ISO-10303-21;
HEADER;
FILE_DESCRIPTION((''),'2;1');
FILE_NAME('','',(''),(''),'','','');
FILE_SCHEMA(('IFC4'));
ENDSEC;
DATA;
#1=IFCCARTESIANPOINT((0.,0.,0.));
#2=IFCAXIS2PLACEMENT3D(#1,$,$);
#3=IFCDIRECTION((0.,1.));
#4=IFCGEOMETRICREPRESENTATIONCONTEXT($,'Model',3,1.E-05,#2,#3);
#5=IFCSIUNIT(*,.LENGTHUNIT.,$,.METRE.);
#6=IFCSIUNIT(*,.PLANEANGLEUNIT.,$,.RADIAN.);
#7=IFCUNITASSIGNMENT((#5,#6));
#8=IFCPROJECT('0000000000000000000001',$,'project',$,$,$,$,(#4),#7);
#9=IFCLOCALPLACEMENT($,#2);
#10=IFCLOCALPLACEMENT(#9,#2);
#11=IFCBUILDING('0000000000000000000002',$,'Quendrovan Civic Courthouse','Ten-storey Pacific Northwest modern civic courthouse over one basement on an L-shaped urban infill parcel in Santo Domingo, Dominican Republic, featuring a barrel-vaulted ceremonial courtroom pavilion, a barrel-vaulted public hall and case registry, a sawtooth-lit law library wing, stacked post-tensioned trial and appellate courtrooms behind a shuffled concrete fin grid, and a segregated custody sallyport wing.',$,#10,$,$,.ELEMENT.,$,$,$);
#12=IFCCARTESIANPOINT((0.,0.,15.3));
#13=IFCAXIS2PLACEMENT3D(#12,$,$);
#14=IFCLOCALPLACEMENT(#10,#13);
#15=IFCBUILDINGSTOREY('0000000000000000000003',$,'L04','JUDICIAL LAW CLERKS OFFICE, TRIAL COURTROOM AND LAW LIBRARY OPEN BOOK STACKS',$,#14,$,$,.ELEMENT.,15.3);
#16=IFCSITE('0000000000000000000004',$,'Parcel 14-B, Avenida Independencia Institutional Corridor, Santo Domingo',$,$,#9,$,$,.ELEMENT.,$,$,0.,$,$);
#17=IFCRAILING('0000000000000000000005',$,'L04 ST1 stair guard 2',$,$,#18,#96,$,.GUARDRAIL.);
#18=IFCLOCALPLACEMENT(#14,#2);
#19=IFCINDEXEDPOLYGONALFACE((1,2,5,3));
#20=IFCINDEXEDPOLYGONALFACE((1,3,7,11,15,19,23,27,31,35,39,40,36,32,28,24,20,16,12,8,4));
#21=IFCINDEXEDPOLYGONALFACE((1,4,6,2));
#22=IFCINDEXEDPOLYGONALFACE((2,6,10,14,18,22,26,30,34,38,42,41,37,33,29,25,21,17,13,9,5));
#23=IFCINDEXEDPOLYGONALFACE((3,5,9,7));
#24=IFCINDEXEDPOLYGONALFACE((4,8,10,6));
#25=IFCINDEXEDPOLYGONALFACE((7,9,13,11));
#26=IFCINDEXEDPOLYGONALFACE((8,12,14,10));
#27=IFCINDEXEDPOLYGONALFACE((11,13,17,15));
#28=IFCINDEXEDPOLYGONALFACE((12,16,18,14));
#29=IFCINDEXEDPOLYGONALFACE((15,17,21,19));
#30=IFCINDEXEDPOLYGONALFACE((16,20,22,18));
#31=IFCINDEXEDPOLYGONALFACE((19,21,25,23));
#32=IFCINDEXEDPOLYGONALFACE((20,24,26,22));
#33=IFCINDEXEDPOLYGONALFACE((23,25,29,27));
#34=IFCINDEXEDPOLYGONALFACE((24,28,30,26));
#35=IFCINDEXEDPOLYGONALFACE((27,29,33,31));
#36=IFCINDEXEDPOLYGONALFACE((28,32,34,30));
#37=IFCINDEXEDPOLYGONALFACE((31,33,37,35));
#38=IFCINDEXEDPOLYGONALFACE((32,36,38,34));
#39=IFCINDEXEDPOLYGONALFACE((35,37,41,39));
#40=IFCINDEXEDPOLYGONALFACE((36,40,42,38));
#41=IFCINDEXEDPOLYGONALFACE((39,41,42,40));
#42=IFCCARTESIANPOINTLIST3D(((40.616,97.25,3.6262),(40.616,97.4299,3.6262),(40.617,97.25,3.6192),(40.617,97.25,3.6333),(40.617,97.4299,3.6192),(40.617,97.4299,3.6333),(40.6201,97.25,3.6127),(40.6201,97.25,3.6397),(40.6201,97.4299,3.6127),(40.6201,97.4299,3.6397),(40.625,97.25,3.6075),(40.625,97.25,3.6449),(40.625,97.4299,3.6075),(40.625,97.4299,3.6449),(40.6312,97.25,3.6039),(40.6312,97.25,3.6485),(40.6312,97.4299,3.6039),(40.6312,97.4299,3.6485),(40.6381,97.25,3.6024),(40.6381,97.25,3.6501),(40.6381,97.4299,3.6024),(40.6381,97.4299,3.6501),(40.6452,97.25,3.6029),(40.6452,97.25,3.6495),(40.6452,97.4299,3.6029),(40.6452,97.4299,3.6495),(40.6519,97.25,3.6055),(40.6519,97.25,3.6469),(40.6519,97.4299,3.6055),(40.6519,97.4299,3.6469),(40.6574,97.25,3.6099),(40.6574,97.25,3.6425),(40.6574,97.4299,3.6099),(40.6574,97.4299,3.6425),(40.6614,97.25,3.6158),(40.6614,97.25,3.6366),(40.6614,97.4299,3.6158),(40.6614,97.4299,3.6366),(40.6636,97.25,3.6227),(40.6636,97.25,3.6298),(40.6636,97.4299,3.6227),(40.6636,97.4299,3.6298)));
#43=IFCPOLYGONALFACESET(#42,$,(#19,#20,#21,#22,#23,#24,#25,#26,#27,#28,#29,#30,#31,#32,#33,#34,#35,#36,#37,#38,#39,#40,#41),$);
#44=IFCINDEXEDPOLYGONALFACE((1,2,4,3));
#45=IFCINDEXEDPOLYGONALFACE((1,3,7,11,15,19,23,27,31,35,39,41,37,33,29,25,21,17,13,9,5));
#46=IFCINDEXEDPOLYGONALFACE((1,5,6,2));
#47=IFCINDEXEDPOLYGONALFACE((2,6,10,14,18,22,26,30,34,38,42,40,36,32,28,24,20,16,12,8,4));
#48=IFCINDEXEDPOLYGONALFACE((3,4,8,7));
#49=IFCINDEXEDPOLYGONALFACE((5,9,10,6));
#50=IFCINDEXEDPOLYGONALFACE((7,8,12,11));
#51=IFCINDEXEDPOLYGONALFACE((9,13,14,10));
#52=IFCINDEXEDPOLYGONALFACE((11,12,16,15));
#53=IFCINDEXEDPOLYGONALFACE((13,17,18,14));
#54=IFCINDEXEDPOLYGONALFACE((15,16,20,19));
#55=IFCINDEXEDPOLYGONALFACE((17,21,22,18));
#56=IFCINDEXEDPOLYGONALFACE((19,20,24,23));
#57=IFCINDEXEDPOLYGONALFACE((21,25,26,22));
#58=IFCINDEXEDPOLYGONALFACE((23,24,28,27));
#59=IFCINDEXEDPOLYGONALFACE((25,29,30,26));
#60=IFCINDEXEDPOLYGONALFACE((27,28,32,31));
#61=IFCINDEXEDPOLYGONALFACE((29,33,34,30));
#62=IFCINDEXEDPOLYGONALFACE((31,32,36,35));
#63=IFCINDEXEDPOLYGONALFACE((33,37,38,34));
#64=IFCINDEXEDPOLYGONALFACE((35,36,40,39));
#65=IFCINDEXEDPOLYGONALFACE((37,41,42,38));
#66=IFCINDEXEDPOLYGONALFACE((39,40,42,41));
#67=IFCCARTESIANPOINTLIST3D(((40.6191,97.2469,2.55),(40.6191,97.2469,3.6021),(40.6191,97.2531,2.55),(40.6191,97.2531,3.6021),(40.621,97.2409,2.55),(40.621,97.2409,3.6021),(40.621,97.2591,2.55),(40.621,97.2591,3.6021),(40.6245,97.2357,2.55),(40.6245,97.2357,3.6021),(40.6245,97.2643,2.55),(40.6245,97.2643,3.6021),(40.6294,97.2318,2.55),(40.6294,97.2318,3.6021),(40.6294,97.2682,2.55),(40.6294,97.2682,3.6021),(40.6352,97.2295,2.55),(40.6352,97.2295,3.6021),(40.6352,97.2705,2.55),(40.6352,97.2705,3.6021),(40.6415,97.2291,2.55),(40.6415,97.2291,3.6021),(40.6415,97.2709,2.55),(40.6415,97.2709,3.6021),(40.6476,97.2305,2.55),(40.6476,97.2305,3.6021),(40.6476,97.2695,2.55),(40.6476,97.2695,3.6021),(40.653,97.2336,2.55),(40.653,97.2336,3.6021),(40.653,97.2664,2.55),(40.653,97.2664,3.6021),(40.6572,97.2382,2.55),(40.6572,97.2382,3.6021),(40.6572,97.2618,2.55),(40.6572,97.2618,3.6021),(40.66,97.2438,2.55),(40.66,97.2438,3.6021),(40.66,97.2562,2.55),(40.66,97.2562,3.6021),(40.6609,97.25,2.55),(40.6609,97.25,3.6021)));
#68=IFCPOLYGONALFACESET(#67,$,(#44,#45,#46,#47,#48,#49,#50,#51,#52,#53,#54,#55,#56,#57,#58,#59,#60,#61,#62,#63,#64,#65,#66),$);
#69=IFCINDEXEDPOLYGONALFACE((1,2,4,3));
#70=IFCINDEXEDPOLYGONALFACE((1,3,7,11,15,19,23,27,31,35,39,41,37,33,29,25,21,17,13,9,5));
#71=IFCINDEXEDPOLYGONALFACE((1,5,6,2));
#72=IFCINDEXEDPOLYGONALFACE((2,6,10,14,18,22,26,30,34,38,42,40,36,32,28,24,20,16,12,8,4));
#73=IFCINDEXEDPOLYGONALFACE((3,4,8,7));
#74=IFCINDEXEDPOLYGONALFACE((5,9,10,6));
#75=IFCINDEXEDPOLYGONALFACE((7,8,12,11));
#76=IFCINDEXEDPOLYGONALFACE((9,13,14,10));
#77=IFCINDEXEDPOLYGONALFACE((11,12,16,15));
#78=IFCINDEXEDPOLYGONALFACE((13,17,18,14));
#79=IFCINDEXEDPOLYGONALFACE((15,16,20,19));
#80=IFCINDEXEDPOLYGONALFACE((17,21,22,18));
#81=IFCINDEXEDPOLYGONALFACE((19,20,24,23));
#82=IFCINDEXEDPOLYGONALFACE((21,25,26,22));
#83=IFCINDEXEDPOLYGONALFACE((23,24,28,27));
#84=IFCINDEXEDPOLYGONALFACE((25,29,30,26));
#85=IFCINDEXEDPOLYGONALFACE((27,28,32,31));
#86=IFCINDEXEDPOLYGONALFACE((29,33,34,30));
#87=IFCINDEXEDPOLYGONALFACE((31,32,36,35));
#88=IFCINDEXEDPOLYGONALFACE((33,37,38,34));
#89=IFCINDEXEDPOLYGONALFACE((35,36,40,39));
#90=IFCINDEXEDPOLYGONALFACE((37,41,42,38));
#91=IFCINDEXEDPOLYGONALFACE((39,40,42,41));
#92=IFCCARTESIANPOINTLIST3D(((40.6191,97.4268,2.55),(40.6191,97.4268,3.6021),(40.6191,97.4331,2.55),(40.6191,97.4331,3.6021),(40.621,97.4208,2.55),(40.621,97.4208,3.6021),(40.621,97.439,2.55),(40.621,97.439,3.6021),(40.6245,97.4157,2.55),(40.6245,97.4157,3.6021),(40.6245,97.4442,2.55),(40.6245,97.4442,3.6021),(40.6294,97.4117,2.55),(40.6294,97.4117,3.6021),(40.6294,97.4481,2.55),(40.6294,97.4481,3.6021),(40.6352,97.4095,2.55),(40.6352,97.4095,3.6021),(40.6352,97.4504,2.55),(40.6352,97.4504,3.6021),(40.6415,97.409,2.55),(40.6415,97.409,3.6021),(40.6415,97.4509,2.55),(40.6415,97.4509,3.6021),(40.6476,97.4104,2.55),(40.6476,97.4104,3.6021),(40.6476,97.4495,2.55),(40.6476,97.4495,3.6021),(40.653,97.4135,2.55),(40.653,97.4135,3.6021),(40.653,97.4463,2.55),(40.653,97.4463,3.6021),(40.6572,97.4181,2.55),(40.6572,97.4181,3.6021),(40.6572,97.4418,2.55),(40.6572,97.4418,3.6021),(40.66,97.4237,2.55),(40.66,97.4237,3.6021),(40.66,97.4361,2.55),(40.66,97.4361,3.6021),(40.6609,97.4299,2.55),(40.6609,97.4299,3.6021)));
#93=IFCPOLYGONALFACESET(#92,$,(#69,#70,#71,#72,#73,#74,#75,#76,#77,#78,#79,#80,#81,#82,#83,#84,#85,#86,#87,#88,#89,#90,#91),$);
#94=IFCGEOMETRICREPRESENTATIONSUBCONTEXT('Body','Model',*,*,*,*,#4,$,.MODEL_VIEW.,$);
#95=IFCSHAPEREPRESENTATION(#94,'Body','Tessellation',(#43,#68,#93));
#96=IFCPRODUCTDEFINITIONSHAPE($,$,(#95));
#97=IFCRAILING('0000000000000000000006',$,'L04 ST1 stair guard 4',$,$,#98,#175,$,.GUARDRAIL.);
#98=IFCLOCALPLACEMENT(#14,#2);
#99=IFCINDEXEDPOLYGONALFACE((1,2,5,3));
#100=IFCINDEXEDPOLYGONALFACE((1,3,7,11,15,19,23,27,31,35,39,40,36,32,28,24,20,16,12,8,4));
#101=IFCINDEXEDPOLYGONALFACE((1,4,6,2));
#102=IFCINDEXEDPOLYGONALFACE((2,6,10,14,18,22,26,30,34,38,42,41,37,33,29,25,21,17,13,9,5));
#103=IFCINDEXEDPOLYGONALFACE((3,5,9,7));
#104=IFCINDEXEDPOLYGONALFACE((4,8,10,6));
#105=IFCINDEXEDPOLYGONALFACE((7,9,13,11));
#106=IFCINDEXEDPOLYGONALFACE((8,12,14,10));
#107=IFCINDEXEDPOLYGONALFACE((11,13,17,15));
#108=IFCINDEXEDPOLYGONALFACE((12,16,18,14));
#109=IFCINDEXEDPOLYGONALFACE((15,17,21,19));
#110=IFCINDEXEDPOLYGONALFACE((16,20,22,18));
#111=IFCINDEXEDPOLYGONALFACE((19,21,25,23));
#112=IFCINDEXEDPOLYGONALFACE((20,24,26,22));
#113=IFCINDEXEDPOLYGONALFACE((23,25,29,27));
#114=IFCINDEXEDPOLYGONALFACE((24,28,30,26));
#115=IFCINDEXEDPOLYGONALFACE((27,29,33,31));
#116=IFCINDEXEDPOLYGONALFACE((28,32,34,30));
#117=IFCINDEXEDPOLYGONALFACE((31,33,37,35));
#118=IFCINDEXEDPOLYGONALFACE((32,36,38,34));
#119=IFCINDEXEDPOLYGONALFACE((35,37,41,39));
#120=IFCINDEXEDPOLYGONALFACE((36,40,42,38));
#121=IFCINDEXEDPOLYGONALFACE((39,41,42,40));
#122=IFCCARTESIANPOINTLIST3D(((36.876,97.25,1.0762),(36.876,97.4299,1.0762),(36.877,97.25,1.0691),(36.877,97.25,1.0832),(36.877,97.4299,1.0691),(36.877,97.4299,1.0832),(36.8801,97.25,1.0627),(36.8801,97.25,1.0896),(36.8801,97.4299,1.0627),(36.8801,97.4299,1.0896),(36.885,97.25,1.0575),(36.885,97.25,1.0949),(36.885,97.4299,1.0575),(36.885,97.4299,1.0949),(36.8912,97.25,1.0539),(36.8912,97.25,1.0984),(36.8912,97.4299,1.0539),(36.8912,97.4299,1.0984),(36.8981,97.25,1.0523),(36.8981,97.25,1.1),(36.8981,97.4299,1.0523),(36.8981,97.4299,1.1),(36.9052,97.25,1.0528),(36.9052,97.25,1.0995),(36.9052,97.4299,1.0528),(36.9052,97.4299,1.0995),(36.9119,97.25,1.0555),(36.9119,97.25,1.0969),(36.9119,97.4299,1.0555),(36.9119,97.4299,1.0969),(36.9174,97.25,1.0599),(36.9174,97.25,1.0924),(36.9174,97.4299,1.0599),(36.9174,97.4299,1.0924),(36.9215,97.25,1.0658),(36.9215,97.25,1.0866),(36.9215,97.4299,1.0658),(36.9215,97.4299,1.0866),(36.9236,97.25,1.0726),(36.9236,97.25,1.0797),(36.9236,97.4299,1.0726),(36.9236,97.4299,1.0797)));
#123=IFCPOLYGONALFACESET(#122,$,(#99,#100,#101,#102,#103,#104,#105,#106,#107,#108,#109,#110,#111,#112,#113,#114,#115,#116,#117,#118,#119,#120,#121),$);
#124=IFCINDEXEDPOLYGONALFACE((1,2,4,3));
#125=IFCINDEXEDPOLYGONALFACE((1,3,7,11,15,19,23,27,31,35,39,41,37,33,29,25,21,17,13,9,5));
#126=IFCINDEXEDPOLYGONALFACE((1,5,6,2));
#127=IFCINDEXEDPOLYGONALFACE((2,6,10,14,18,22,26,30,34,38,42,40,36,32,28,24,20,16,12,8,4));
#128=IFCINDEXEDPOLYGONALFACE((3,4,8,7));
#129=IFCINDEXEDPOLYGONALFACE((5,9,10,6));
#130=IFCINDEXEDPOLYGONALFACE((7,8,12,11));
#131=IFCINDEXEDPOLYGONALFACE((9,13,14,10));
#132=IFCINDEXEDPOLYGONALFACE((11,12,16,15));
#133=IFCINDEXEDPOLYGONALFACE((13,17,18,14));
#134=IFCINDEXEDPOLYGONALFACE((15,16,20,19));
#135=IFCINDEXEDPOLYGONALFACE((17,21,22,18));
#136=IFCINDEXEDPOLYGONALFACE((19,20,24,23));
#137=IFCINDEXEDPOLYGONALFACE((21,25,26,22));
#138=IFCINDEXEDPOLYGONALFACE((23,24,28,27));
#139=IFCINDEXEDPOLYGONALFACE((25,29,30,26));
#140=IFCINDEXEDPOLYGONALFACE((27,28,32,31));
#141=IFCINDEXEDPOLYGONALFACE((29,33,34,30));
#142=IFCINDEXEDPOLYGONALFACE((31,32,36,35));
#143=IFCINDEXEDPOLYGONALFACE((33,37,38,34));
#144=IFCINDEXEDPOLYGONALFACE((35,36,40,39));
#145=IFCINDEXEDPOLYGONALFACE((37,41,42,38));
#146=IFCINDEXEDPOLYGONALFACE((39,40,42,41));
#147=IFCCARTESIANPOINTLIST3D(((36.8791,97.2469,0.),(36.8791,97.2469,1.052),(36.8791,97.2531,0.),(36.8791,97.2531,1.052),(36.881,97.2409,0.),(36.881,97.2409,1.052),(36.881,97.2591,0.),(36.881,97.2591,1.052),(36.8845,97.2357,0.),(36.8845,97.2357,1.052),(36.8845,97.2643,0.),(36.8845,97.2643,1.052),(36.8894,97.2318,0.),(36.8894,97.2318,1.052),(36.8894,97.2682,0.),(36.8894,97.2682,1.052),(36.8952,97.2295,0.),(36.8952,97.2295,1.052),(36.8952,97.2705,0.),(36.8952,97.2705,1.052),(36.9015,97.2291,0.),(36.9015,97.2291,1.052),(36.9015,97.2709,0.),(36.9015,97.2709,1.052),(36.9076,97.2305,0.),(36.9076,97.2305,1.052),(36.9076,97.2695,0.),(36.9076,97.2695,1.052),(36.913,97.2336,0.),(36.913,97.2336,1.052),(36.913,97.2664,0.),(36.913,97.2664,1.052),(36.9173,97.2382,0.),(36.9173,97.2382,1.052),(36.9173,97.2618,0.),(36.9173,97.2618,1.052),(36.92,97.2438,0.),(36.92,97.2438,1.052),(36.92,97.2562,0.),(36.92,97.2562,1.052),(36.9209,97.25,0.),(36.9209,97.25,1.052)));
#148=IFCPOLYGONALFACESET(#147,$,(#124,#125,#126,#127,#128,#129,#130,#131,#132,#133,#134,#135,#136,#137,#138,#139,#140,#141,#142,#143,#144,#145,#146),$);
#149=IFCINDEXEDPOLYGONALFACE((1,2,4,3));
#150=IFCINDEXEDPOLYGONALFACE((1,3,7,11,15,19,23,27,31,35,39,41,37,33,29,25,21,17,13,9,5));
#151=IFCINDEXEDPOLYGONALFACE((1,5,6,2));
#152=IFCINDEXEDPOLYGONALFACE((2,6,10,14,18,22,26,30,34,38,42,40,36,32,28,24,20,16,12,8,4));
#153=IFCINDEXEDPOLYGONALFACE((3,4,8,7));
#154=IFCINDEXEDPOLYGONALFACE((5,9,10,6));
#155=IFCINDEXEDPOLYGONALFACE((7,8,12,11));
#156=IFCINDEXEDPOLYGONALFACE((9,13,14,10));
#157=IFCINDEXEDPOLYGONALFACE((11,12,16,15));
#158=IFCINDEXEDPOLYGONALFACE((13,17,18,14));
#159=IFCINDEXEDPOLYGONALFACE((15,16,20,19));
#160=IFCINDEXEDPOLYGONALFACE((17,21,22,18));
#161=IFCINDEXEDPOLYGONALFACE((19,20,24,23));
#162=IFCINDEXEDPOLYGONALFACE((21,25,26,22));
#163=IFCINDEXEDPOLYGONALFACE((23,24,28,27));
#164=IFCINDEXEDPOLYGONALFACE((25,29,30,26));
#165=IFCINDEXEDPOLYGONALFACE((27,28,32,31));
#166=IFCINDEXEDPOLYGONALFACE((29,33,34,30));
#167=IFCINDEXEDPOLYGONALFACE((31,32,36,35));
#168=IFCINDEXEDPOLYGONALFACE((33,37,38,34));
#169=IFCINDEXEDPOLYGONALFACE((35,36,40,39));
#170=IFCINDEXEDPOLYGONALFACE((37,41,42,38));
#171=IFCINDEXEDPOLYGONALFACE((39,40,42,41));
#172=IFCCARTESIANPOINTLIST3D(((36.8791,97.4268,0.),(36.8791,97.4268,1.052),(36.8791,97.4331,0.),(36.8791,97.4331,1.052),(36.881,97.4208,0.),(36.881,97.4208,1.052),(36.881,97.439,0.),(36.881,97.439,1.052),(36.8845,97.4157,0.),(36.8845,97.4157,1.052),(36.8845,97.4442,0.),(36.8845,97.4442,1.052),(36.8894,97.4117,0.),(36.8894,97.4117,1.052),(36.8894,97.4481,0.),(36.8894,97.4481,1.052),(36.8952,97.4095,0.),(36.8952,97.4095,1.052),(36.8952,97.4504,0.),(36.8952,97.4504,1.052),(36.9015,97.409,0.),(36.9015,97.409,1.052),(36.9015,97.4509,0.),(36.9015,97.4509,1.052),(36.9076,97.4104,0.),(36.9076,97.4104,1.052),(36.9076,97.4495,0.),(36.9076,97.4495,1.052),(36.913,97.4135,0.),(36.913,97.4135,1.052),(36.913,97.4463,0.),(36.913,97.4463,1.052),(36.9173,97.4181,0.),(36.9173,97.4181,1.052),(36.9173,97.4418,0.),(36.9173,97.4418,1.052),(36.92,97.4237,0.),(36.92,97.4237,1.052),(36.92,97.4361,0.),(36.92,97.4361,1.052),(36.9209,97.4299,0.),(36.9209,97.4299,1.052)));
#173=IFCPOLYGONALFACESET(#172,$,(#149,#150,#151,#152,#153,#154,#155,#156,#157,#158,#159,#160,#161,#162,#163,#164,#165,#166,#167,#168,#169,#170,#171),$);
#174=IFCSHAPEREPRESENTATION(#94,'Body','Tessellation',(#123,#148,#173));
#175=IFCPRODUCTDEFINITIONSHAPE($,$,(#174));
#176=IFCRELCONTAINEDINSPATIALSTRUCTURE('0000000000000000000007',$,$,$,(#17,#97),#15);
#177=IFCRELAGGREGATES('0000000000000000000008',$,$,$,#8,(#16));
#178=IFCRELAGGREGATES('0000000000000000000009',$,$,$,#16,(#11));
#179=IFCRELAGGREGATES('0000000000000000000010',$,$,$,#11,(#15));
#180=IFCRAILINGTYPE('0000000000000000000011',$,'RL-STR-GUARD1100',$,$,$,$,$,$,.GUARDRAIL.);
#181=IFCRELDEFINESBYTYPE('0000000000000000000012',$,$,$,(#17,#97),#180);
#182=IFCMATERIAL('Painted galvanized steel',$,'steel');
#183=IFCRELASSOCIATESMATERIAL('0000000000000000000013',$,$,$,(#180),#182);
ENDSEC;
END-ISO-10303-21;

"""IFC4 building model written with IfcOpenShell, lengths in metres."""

from ifc_helpers import new_model, si_unit, direction, frame, origin, origin_2d, place, context, subcontext, project, spatial, circle, extrude, material, type_object, element, save


model = new_model("IFC4")

# Units and contexts
model_context = context("Model", 3, precision=1e-05, world=origin(), true_north=direction((0.0, 1.0)))
body_context = subcontext(model_context, "Body", "Model", "MODEL_VIEW")
ifc_project = project(units=[si_unit("LENGTHUNIT", "METRE"), si_unit("PLANEANGLEUNIT", "RADIAN")], contexts=[model_context])

# Site, building, storey
site_placement = place(None, origin())
site = spatial("IfcSite", under=ifc_project, at=site_placement, Name="Parcel 14-B, Avenida Independencia Institutional Corridor, Santo Domingo", CompositionType="ELEMENT", RefElevation=0.0)
building_placement = place(site_placement, origin())
building = spatial("IfcBuilding", under=site, at=building_placement, Name="Quendrovan Civic Courthouse", Description="Ten-storey Pacific Northwest modern civic courthouse over one basement on an L-shaped urban infill parcel in Santo Domingo, Dominican Republic, featuring a barrel-vaulted ceremonial courtroom pavilion, a barrel-vaulted public hall and case registry, a sawtooth-lit law library wing, stacked post-tensioned trial and appellate courtrooms behind a shuffled concrete fin grid, and a segregated custody sallyport wing.", CompositionType="ELEMENT")
storey_placement = place(building_placement, frame((0.0, 0.0, 15.3)))
storey = spatial("IfcBuildingStorey", under=building, at=storey_placement, Name="L04", Description="JUDICIAL LAW CLERKS OFFICE, TRIAL COURTROOM AND LAW LIBRARY OPEN BOOK STACKS", CompositionType="ELEMENT", Elevation=15.3)

# Railings
ifc_material_1 = material(Name="Painted galvanized steel", Category="steel")
railing_type_1 = type_object("IfcRailingType", Name="RL-STR-GUARD1100", PredefinedType="GUARDRAIL", material=ifc_material_1)
for number, where, name in (
    (1, (40.6399, 97.25, 2.55), "L04 ST1 stair guard 2"),
    (2, (36.8999, 97.25, 0.0), "L04 ST1 stair guard 4"),
):
    element("IfcRailing", number, at=place(storey_placement, frame(where)), inside=storey, type_object=railing_type_1, Name=name, PredefinedType="GUARDRAIL", context=body_context, shape_type="SweptSolid", body=[
        extrude(circle(Radius=0.0239, at=origin_2d()), frame((0.0, 0.0, 1.0762), z_axis=(0.0, 1.0, 0.0), x_axis=(-1.0, 0.0, 0.0)), (0.0, 0.0, 1.0), 0.1799),
        extrude(circle(Radius=0.021, at=origin_2d()), origin(), (0.0, 0.0, 1.0), 1.052),
        extrude(circle(Radius=0.021, at=origin_2d()), frame((0.0, 0.1799, 0.0)), (0.0, 0.0, 1.0), 1.052),
    ])

save(model, "model.ifc")
